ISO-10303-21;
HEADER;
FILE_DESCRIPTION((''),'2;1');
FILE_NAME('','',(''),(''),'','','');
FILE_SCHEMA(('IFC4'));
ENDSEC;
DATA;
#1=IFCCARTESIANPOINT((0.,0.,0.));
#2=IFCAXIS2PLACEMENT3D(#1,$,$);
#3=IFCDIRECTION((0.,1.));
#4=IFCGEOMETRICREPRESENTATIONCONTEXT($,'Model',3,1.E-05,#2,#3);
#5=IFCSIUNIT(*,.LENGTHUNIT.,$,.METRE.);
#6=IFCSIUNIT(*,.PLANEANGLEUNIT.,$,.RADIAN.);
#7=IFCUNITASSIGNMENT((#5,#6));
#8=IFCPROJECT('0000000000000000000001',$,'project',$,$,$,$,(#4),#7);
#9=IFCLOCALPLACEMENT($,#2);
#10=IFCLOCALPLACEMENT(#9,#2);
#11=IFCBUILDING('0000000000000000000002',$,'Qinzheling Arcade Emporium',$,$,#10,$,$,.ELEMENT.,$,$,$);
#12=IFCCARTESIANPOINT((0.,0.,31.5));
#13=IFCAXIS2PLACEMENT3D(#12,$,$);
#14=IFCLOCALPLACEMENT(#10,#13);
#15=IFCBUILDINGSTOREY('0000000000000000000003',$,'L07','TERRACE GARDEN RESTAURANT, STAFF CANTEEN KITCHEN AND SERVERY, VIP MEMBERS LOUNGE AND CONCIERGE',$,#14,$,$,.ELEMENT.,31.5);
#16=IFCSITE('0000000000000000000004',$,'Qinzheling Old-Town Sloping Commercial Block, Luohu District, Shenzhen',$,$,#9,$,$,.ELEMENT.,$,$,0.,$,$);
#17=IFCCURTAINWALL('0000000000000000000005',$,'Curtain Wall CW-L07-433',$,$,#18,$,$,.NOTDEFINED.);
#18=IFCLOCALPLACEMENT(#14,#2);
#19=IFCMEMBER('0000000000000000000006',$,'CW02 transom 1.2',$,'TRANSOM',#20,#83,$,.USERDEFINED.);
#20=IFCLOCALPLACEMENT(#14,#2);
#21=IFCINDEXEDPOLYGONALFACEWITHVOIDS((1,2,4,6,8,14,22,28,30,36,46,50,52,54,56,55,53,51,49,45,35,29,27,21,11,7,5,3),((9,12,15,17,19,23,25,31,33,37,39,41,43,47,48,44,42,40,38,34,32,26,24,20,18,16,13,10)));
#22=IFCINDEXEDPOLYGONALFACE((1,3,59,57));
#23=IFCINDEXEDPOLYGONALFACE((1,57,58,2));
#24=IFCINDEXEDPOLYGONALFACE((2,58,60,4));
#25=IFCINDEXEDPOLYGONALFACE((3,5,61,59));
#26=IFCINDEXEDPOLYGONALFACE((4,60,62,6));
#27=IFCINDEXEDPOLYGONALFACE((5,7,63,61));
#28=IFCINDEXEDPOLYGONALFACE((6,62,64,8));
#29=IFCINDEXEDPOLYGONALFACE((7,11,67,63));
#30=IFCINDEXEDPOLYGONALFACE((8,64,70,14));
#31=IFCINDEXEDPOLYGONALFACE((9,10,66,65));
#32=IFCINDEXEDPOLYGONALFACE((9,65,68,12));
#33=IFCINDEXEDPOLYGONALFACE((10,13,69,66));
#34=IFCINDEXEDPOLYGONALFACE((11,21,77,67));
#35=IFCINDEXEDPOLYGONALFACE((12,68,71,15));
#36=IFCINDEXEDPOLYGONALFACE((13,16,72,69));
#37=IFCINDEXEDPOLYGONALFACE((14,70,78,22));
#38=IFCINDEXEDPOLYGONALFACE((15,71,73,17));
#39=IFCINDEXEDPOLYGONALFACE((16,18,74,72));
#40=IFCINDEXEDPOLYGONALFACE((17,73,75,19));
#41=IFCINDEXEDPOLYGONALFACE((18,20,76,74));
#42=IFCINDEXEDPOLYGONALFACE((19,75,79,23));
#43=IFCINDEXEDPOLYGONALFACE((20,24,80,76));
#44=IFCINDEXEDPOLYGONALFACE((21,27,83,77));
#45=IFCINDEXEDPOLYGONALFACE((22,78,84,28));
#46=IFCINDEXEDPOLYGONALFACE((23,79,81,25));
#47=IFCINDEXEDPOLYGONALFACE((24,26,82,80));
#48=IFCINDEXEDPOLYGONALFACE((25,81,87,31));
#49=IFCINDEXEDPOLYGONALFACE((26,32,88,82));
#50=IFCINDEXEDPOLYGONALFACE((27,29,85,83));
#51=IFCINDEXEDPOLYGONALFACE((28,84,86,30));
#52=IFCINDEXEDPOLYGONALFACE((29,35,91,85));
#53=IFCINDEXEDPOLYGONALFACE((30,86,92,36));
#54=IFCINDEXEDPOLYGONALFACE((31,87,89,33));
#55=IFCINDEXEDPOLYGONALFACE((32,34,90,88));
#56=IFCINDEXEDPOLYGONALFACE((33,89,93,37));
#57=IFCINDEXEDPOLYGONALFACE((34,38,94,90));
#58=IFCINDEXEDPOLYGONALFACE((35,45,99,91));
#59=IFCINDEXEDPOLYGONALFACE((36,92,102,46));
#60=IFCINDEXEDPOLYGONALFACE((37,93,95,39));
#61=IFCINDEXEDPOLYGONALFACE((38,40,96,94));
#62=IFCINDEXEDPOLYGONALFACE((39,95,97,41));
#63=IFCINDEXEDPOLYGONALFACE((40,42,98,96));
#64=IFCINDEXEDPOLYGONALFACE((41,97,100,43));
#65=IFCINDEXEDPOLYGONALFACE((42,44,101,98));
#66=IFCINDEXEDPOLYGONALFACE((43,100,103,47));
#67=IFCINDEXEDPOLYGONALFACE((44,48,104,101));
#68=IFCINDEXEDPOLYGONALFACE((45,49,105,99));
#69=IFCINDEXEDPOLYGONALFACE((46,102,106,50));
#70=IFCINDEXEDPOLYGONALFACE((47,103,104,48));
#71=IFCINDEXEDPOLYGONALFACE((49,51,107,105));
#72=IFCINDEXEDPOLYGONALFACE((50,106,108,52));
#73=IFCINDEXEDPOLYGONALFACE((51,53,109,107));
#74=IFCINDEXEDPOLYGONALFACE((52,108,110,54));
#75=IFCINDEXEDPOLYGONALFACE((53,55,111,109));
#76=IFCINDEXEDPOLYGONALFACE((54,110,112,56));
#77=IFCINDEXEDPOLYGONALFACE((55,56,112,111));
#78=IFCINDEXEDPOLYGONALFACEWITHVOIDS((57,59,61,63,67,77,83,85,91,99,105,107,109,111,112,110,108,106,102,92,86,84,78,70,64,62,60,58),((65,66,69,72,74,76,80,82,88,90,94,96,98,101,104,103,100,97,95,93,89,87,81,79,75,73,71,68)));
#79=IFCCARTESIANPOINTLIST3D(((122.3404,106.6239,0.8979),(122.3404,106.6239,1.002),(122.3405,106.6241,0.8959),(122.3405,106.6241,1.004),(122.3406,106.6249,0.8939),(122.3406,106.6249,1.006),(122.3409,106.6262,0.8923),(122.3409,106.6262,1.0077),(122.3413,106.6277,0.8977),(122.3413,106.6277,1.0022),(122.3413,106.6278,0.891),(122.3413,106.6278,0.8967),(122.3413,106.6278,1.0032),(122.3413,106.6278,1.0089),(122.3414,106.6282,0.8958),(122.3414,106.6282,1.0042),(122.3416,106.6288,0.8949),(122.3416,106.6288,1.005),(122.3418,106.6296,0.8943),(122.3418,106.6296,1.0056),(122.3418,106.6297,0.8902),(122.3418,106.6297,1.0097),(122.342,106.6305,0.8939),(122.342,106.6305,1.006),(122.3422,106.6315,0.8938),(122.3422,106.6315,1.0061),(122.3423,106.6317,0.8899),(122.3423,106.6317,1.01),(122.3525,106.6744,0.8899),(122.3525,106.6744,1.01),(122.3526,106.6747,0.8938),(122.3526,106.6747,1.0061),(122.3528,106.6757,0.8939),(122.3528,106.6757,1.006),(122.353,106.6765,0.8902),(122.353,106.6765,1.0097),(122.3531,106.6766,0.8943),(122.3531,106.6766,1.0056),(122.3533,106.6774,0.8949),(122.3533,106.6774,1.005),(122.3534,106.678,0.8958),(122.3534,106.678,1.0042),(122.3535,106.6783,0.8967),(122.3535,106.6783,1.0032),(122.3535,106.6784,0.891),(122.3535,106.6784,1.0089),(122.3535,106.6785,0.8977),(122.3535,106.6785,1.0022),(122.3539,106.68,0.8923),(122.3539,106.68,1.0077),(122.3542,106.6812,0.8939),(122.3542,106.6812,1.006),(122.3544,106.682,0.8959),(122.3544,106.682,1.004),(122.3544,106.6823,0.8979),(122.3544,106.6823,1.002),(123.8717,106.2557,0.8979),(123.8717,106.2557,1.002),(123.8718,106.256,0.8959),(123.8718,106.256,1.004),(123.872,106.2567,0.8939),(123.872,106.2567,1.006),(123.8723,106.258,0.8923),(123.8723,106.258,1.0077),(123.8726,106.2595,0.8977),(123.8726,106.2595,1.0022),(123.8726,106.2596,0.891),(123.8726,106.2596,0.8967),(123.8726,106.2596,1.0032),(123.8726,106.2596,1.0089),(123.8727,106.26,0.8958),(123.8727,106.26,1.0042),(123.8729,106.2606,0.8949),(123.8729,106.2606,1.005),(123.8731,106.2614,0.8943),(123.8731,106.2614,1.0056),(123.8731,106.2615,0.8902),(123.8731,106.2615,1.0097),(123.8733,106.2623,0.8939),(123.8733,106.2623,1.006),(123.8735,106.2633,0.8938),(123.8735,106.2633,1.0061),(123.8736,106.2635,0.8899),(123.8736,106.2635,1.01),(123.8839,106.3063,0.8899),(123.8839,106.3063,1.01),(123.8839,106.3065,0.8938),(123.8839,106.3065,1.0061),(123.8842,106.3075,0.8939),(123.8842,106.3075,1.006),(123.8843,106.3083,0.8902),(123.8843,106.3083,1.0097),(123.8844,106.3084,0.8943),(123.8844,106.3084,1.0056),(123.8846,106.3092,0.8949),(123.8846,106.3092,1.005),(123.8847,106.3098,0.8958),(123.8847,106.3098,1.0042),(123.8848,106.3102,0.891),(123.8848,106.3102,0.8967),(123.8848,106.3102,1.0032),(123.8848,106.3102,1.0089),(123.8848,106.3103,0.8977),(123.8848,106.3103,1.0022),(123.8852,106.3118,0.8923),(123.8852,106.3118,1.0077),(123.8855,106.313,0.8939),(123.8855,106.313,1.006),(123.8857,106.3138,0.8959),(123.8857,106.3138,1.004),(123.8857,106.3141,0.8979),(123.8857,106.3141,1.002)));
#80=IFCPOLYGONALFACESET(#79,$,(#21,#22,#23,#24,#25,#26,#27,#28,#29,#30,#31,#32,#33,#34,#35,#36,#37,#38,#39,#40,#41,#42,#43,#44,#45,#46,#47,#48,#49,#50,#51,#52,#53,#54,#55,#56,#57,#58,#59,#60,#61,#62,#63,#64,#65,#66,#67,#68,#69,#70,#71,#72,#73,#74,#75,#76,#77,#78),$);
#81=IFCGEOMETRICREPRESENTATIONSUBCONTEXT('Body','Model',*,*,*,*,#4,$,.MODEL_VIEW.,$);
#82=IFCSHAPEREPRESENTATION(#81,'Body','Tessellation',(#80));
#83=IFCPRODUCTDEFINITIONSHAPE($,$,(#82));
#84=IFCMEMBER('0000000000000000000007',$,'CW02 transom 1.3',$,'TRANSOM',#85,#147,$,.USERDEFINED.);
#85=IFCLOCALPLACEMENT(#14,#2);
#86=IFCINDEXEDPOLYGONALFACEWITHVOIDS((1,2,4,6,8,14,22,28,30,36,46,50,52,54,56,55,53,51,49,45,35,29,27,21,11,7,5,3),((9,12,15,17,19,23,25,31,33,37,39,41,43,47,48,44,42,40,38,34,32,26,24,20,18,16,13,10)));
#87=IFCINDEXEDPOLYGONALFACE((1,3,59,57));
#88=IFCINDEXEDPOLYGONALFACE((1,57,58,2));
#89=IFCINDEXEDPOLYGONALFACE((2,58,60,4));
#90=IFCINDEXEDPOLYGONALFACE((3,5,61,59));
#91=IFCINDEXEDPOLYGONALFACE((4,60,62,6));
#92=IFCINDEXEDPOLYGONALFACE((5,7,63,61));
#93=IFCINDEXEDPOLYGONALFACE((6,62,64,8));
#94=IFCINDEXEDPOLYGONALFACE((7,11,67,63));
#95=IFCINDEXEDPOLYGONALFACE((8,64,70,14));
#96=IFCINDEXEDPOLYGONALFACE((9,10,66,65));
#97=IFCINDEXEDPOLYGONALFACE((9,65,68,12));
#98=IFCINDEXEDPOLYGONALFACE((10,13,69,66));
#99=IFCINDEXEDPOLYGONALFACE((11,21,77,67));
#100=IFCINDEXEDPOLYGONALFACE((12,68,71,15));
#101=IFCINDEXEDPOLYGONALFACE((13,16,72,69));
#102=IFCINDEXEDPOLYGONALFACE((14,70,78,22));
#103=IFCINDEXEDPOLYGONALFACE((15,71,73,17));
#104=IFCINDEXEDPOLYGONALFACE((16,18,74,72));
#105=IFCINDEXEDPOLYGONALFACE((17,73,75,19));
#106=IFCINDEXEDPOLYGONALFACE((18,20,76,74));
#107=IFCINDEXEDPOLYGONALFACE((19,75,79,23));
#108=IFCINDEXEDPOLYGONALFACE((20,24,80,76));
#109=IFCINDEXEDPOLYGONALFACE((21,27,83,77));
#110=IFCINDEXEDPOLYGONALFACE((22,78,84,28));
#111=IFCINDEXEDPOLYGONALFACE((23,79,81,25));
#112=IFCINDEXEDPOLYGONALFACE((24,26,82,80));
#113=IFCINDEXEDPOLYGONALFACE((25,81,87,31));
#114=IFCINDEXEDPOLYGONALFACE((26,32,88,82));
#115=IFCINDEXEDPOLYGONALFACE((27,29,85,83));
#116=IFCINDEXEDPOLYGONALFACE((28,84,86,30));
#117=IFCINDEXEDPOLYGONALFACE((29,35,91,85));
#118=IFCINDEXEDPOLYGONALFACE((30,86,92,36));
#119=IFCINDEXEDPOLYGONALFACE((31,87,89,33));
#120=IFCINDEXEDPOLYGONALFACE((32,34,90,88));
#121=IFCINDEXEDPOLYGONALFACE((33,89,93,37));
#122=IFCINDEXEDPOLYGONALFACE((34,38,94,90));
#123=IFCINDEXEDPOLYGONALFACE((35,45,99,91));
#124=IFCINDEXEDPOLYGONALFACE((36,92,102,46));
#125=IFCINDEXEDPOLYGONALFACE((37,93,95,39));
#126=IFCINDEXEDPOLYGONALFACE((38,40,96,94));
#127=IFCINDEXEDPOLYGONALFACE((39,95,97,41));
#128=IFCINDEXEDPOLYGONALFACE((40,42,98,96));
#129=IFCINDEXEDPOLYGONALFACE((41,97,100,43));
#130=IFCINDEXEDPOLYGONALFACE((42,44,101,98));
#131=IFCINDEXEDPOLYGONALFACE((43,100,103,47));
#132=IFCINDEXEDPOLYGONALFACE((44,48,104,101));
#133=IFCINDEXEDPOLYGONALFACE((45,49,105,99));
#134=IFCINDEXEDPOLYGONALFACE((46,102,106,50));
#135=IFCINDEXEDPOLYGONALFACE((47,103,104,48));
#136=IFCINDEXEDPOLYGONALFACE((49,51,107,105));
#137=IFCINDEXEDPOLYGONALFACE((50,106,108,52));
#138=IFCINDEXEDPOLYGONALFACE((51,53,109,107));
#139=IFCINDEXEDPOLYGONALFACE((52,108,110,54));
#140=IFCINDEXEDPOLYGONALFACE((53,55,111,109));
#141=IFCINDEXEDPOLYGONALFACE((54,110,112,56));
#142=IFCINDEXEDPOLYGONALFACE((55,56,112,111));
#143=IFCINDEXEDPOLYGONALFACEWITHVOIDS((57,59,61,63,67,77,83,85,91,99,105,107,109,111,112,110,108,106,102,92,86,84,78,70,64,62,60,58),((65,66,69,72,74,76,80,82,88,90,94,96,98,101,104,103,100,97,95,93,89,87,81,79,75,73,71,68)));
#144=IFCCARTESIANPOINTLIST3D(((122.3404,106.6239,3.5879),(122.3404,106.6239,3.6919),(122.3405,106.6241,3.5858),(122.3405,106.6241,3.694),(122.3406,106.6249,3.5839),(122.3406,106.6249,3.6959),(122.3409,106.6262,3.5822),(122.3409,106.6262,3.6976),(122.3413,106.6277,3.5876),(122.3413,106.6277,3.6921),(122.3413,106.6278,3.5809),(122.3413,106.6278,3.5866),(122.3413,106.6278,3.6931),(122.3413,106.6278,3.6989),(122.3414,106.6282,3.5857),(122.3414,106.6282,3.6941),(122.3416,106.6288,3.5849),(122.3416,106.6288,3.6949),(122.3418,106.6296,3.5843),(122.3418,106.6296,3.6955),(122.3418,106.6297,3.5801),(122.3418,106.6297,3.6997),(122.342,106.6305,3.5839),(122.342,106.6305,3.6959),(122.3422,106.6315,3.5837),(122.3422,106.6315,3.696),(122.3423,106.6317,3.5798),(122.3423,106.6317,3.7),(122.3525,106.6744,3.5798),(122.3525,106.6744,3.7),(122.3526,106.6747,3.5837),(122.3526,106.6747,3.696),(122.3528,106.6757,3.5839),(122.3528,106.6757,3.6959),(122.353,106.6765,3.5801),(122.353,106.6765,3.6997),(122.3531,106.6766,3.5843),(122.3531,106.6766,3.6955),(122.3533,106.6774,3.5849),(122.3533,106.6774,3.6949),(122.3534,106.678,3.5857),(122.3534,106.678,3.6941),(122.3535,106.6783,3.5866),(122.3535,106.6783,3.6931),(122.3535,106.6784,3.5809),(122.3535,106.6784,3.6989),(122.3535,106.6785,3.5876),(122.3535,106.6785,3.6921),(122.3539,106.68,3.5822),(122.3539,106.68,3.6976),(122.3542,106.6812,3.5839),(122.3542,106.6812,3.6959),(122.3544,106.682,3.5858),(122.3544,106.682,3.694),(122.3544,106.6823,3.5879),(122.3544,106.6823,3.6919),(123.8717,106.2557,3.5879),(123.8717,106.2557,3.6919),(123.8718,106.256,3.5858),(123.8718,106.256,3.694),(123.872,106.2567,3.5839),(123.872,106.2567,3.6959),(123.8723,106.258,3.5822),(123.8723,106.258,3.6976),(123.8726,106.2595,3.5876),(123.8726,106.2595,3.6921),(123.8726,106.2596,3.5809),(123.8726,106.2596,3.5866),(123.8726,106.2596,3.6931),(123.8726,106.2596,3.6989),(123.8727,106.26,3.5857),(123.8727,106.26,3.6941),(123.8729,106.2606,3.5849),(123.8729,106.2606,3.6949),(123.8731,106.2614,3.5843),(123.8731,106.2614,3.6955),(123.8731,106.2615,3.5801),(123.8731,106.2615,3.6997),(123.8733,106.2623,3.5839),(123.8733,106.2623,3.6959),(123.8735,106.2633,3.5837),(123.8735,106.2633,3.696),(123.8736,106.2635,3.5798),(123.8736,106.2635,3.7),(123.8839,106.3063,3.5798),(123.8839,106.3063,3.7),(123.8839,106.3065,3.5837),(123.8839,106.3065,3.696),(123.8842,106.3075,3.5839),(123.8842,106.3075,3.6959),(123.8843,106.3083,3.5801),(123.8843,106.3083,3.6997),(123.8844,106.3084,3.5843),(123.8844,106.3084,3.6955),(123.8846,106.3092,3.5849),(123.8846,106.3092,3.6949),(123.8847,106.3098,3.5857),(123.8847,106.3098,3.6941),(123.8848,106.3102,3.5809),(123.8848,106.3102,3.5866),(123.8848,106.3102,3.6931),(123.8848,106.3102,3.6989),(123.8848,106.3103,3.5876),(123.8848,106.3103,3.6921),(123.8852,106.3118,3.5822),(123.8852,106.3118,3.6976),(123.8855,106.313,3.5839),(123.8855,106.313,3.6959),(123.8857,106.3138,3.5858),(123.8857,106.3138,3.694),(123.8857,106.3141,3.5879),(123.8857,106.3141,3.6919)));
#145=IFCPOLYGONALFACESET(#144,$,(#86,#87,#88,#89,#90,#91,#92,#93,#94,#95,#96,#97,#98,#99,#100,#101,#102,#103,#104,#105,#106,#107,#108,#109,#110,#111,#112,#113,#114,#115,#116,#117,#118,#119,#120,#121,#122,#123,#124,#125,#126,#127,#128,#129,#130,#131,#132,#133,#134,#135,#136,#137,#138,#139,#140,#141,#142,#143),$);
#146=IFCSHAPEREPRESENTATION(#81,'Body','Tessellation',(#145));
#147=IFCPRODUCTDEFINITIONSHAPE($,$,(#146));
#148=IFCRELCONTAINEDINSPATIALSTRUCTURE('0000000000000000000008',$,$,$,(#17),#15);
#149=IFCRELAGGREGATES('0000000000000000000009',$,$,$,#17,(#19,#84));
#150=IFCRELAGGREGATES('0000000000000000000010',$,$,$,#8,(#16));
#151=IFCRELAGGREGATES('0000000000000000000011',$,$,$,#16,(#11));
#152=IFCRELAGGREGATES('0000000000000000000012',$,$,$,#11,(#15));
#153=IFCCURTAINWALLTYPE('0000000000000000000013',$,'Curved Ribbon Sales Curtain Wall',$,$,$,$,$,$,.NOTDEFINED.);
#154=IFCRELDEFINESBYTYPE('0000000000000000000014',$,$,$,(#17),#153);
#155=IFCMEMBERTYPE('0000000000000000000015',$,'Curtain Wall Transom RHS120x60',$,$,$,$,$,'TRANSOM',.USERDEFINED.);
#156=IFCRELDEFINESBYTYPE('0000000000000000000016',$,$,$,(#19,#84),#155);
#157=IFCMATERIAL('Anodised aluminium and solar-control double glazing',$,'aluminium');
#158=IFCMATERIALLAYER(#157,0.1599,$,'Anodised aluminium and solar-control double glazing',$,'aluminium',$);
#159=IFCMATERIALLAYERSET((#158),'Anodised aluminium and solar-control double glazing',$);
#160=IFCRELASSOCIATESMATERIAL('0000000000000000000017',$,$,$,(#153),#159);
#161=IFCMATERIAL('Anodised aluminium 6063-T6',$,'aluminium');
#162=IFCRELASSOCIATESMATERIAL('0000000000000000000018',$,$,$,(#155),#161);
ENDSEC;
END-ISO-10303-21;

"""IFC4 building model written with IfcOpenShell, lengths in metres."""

from ifc_helpers import new_model, si_unit, direction, frame, origin, origin_2d, place, context, subcontext, project, spatial, hollow_rectangle, extrude, material, layer, layer_set, material_profile, profile_set, type_object, element, aggregate, save


model = new_model("IFC4")

# Units and contexts
model_context = context("Model", 3, precision=1e-05, world=origin(), true_north=direction((0.0, 1.0)))
body_context = subcontext(model_context, "Body", "Model", "MODEL_VIEW")
ifc_project = project(units=[si_unit("LENGTHUNIT", "METRE"), si_unit("PLANEANGLEUNIT", "RADIAN")], contexts=[model_context])

# Site, building, storey
site_placement = place(None, origin())
site = spatial("IfcSite", under=ifc_project, at=site_placement, Name="Qinzheling Old-Town Sloping Commercial Block, Luohu District, Shenzhen", CompositionType="ELEMENT", RefElevation=0.0)
building_placement = place(site_placement, origin())
building = spatial("IfcBuilding", under=site, at=building_placement, Name="Qinzheling Arcade Emporium", CompositionType="ELEMENT")
storey_placement = place(building_placement, frame((0.0, 0.0, 31.5)))
storey = spatial("IfcBuildingStorey", under=building, at=storey_placement, Name="L07", Description="TERRACE GARDEN RESTAURANT, STAFF CANTEEN KITCHEN AND SERVERY, VIP MEMBERS LOUNGE AND CONCIERGE", CompositionType="ELEMENT", Elevation=31.5)

# Curtain wall
ifc_material_1 = material(Name="Anodised aluminium and solar-control double glazing", Category="aluminium")
ifc_layer_1 = layer(ifc_material_1, 0.1599, Name="Anodised aluminium and solar-control double glazing", Category="aluminium")
ifc_layer_set_1 = layer_set([ifc_layer_1], Name="Anodised aluminium and solar-control double glazing")
curtain_wall_type = type_object("IfcCurtainWallType", Name="Curved Ribbon Sales Curtain Wall", PredefinedType="NOTDEFINED", material=ifc_layer_set_1)
curtain_wall_1_placement = place(storey_placement, origin())
curtain_wall_1 = element("IfcCurtainWall", 1, at=curtain_wall_1_placement, inside=storey, type_object=curtain_wall_type, Name="Curtain Wall CW-L07-433", PredefinedType="NOTDEFINED")
ifc_material_2 = material(Name="Anodised aluminium 6063-T6", Category="aluminium")

# Members
ifc_material_profile_1 = material_profile(ifc_material_2, hollow_rectangle(XDim=0.0601, YDim=0.1201, WallThickness=0.0039, InnerFilletRadius=0.0039, OuterFilletRadius=0.0081, at=origin_2d()), Name="RHS 120x60x4", Category="aluminium")
ifc_profile_set_1 = profile_set([ifc_material_profile_1], Name="Anodised aluminium 6063-T6")
member_type_1 = type_object("IfcMemberType", Name="Curtain Wall Transom RHS120x60", ElementType="TRANSOM", PredefinedType="USERDEFINED", material=ifc_profile_set_1)
member_1_placement = place(storey_placement, frame((122.3474, 106.6531, 0.95), z_axis=(0.972292, -0.233772, 0.0), x_axis=(0.233772, 0.972292, 0.0)))
member_1 = element("IfcMember", 2, at=member_1_placement, type_object=member_type_1, Name="CW02 transom 1.2", ObjectType="TRANSOM", PredefinedType="USERDEFINED", context=body_context, shape_type="SweptSolid", body=[
    extrude(hollow_rectangle(XDim=0.0601, YDim=0.1201, WallThickness=0.0039, InnerFilletRadius=0.0039, OuterFilletRadius=0.0081, at=origin_2d()), origin(), (0.0, 0.0, 1.0), 1.575),
])
member_2_placement = place(storey_placement, frame((122.3474, 106.6531, 3.6399), z_axis=(0.972292, -0.233772, 0.0), x_axis=(0.233772, 0.972292, 0.0)))
member_2 = element("IfcMember", 3, at=member_2_placement, type_object=member_type_1, Name="CW02 transom 1.3", ObjectType="TRANSOM", PredefinedType="USERDEFINED", context=body_context, shape_type="SweptSolid", body=[
    extrude(hollow_rectangle(XDim=0.0601, YDim=0.1201, WallThickness=0.0039, InnerFilletRadius=0.0039, OuterFilletRadius=0.0081, at=origin_2d()), origin(), (0.0, 0.0, 1.0), 1.575),
])

aggregate(curtain_wall_1, [member_1, member_2])

save(model, "model.ifc")
